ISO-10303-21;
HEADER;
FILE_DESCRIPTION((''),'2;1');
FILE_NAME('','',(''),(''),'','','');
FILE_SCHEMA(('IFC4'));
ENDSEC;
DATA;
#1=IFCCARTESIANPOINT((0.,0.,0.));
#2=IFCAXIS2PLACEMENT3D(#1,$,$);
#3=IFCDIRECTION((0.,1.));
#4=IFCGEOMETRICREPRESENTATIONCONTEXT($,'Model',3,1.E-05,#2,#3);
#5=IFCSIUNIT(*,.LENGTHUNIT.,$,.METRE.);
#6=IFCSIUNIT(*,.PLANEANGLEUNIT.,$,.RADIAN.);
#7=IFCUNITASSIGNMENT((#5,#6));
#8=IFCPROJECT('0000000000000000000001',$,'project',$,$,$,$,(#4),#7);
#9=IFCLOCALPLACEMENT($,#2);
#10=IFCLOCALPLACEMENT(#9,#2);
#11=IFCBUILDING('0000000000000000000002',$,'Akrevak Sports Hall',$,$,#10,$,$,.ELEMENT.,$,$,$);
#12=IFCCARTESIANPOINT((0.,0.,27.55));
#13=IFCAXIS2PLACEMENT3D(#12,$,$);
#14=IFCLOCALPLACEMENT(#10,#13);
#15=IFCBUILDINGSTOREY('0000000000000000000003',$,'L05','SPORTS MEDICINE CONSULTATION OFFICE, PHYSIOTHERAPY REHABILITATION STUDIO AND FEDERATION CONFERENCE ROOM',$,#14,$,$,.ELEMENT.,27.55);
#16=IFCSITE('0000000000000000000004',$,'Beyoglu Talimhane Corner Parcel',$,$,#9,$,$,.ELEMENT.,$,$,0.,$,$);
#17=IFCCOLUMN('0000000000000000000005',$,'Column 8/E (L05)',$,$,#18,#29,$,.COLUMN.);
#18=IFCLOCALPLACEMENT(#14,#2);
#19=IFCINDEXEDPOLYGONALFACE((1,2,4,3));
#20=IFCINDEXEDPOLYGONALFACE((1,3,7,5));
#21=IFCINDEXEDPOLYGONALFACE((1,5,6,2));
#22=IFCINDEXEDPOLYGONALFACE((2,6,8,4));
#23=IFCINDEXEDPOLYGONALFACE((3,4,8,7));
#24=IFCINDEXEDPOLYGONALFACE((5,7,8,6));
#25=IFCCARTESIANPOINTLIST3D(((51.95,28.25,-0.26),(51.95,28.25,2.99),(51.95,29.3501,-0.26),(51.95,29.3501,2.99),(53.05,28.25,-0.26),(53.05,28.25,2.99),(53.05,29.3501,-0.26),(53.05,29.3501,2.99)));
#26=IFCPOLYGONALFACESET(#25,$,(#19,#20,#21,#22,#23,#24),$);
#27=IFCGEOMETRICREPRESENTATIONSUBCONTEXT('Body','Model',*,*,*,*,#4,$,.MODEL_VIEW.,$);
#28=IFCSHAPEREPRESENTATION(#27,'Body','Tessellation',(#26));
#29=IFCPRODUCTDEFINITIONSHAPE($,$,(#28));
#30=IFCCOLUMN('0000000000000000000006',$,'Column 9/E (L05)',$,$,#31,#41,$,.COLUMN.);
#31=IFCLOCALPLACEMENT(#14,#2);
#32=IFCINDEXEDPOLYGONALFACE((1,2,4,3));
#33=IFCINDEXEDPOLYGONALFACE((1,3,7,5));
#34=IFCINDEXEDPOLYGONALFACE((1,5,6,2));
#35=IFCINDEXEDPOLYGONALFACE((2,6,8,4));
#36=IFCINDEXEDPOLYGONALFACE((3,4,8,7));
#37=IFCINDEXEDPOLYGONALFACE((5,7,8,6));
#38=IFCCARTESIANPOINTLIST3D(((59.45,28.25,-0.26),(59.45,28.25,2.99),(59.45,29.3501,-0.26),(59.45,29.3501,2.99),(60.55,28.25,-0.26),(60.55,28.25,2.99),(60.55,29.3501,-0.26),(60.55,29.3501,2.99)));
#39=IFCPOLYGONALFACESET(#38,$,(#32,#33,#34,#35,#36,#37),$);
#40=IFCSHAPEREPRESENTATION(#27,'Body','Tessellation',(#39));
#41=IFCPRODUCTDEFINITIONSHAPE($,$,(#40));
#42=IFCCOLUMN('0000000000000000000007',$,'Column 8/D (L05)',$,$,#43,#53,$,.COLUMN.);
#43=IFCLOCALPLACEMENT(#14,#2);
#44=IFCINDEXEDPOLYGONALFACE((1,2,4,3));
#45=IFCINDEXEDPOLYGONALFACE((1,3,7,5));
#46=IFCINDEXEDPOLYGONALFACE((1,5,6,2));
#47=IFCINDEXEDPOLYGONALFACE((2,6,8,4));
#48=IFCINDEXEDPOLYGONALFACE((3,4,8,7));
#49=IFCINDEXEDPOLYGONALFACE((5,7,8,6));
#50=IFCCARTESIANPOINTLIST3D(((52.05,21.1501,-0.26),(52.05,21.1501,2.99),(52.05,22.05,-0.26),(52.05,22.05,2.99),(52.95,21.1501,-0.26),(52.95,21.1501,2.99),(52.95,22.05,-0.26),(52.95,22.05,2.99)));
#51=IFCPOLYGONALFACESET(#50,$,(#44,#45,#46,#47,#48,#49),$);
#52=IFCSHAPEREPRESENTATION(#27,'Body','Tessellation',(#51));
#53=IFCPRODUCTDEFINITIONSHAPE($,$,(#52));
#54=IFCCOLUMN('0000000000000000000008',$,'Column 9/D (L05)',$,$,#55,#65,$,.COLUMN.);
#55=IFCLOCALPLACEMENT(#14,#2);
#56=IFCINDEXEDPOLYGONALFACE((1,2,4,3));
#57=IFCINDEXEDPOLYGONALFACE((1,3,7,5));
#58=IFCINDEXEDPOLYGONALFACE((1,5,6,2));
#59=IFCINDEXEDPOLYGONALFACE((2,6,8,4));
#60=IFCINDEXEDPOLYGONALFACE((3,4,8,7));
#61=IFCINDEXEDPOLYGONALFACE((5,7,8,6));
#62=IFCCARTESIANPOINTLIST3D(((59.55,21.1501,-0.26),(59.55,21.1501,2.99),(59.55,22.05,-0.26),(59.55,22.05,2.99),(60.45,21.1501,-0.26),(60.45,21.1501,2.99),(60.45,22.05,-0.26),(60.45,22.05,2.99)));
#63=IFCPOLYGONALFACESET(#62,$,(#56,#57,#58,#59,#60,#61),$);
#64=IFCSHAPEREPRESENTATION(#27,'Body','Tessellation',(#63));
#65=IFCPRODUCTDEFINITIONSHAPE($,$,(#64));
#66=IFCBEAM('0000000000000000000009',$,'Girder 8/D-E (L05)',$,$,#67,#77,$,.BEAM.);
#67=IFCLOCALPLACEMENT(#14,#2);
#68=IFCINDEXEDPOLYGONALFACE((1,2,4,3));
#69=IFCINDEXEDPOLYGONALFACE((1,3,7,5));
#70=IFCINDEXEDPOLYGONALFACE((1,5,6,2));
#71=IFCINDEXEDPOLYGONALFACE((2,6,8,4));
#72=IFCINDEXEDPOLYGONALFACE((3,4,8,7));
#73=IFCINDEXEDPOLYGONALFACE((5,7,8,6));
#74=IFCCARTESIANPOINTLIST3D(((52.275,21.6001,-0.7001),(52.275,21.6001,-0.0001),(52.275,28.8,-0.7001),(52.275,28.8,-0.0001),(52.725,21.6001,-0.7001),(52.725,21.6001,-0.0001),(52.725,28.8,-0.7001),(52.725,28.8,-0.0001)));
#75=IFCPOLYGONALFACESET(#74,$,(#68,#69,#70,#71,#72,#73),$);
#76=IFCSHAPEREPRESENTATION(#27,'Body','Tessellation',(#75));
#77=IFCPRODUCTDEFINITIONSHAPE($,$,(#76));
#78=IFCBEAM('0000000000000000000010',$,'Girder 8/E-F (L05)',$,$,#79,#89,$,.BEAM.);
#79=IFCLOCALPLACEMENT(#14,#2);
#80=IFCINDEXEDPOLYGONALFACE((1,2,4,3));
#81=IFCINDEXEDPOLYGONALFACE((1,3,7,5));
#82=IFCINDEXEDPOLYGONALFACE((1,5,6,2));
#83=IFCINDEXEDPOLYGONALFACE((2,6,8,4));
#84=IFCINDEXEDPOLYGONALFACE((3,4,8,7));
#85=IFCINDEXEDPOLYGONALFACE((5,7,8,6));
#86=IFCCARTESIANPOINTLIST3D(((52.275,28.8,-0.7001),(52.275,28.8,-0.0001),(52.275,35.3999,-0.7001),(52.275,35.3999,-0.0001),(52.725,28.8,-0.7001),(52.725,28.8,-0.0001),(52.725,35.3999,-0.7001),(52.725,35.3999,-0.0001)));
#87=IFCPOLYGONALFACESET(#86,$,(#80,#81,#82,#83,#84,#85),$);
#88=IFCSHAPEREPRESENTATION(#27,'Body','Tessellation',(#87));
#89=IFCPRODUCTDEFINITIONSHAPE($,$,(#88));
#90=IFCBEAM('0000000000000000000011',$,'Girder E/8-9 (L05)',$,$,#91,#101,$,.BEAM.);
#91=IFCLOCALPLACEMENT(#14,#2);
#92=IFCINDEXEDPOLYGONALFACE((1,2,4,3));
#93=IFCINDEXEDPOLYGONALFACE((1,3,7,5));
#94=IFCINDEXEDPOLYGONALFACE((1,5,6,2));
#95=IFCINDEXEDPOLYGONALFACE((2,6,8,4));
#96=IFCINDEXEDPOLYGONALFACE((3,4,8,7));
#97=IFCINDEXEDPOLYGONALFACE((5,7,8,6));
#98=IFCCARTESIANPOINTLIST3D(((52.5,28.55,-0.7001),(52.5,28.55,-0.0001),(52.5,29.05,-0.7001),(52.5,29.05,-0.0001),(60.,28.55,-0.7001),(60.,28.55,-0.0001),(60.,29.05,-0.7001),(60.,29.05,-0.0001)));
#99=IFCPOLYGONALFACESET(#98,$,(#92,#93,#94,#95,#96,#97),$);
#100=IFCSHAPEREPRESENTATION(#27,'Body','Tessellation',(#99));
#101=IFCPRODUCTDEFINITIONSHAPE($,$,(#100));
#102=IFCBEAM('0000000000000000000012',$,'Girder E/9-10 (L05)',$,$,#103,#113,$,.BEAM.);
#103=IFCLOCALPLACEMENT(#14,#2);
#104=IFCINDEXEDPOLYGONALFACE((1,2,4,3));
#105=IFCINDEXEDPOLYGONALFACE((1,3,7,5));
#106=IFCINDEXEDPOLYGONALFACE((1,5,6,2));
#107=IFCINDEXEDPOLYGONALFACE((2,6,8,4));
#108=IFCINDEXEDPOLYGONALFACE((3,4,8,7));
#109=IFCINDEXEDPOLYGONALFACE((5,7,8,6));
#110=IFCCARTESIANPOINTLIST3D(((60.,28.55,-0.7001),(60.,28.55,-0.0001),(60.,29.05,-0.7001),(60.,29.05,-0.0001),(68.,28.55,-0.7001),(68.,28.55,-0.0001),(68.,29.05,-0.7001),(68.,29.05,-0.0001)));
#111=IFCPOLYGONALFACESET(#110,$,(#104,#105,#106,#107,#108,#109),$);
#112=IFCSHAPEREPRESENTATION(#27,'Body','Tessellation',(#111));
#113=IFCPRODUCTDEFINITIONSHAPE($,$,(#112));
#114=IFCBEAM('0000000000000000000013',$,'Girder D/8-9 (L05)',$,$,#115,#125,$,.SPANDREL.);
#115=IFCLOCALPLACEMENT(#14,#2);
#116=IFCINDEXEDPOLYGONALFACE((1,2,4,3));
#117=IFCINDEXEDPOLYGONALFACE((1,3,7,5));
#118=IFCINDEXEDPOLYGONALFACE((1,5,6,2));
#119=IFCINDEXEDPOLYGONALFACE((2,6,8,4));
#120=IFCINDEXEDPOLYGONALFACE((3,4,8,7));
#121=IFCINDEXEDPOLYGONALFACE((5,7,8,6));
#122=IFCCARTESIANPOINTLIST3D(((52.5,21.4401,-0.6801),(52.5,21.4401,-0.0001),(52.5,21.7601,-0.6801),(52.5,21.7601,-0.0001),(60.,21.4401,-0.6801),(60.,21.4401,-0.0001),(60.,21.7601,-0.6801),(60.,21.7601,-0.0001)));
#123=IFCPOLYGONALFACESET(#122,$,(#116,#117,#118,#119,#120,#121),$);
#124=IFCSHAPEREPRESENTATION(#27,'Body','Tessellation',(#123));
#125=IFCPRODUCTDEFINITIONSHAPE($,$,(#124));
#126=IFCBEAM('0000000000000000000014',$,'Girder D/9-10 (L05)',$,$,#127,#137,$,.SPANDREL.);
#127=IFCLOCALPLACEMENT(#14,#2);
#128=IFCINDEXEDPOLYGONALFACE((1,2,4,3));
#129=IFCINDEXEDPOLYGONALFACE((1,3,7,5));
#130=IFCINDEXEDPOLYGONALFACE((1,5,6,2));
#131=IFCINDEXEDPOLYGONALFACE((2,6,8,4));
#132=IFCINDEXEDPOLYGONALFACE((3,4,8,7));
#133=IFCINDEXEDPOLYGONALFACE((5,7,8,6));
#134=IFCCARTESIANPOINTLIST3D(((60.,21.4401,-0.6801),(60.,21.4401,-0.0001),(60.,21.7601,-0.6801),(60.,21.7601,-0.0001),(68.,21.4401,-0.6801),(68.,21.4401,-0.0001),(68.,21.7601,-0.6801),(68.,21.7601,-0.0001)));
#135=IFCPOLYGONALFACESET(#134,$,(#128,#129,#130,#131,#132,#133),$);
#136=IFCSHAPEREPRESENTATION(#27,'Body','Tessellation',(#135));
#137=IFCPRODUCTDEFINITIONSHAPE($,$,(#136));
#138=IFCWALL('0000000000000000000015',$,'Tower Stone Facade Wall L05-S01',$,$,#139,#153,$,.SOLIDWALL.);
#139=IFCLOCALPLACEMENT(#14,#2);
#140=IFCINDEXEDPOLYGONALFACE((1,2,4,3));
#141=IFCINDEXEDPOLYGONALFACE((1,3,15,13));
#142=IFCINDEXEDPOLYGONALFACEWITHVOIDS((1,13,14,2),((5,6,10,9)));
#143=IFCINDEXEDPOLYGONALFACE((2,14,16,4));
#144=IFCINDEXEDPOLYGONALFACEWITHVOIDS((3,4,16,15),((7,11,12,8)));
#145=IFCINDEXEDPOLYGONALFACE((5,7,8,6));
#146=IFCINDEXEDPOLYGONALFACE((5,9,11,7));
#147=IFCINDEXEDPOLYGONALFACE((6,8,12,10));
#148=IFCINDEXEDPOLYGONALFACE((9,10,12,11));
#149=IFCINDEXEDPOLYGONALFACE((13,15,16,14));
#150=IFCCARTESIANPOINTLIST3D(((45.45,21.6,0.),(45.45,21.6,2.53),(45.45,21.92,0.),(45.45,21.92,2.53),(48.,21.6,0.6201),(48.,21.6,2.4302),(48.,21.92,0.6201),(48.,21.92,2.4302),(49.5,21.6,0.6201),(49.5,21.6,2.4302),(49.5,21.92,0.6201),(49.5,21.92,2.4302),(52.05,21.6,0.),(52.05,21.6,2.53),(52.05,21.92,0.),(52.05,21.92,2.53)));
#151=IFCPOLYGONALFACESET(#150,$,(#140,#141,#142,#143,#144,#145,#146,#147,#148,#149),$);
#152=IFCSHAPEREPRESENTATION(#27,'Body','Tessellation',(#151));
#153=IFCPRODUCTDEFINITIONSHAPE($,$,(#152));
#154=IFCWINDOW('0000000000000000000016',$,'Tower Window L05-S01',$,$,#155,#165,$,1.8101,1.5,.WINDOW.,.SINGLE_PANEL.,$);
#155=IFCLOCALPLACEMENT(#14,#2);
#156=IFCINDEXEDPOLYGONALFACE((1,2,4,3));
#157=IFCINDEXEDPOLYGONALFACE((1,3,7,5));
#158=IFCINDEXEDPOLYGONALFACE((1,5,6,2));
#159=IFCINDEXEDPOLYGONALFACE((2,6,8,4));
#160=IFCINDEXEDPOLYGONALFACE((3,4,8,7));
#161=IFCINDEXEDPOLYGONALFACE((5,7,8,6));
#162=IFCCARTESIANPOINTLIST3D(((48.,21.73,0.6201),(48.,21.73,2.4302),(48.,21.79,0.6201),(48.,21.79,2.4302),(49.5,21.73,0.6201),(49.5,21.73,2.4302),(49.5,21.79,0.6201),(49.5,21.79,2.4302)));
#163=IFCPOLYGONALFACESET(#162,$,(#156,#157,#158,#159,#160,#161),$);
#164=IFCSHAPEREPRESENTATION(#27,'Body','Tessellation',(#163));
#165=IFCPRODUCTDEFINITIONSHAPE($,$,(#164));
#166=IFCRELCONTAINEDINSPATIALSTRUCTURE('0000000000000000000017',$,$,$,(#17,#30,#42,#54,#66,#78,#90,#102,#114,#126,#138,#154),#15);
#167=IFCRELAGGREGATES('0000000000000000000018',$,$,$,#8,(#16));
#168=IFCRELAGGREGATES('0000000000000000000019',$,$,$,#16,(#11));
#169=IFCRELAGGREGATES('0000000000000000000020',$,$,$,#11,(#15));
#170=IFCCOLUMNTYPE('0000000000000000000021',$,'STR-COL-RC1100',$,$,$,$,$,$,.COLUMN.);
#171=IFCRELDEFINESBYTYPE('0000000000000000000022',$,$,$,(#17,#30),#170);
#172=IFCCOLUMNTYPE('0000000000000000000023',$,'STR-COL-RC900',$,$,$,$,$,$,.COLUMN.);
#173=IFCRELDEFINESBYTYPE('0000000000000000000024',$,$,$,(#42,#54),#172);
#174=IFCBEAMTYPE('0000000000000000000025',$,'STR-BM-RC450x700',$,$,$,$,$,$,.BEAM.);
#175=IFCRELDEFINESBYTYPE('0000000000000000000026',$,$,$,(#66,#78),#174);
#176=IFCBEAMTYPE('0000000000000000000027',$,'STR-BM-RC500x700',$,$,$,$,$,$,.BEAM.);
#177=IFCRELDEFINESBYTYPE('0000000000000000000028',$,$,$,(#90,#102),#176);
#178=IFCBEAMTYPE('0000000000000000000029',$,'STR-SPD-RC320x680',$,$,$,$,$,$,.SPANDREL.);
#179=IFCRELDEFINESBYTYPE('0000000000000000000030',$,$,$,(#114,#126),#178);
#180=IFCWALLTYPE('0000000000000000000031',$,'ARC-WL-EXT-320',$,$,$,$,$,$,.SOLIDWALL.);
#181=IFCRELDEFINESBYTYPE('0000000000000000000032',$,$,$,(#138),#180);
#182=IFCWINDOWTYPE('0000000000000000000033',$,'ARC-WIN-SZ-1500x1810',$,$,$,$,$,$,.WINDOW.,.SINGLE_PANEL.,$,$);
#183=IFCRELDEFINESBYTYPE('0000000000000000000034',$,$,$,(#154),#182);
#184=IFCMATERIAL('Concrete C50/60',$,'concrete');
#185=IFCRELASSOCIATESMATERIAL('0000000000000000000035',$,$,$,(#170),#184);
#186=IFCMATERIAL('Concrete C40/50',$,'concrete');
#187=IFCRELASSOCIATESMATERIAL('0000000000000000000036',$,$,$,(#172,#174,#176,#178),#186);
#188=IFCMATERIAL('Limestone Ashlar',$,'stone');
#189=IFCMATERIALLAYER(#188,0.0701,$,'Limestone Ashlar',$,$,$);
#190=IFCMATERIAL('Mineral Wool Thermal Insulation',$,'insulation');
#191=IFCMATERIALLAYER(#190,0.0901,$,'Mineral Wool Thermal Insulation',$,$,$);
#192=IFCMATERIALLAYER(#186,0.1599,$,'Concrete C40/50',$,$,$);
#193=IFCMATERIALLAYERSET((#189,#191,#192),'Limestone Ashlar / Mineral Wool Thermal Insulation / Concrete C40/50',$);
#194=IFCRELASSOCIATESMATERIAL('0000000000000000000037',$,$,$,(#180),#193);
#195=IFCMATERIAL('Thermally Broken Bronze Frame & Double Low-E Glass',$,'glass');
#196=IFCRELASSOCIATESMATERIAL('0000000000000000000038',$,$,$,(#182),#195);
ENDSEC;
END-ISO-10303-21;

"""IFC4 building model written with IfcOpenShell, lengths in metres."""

from ifc_helpers import new_model, si_unit, direction, frame, frame_2d, origin, origin_2d, place, context, subcontext, project, spatial, rectangle, extrude, material, layer, layer_set, material_profile, profile_set, type_object, element, fill, save


model = new_model("IFC4")

# Units and contexts
model_context = context("Model", 3, precision=1e-05, world=origin(), true_north=direction((0.0, 1.0)))
body_context = subcontext(model_context, "Body", "Model", "MODEL_VIEW")
ifc_project = project(units=[si_unit("LENGTHUNIT", "METRE"), si_unit("PLANEANGLEUNIT", "RADIAN")], contexts=[model_context])

# Site, building, storey
site_placement = place(None, origin())
site = spatial("IfcSite", under=ifc_project, at=site_placement, Name="Beyoglu Talimhane Corner Parcel", CompositionType="ELEMENT", RefElevation=0.0)
building_placement = place(site_placement, origin())
building = spatial("IfcBuilding", under=site, at=building_placement, Name="Akrevak Sports Hall", CompositionType="ELEMENT")
storey_placement = place(building_placement, frame((0.0, 0.0, 27.55)))
storey = spatial("IfcBuildingStorey", under=building, at=storey_placement, Name="L05", Description="SPORTS MEDICINE CONSULTATION OFFICE, PHYSIOTHERAPY REHABILITATION STUDIO AND FEDERATION CONFERENCE ROOM", CompositionType="ELEMENT", Elevation=27.55)

# Columns
ifc_material_1 = material(Name="Concrete C50/60", Category="concrete")
ifc_material_profile_1 = material_profile(ifc_material_1, rectangle(XDim=1.1001, YDim=1.1001, at=origin_2d()), Name="RC 1100x1100", Category="concrete")
ifc_profile_set_1 = profile_set([ifc_material_profile_1], Name="Concrete C50/60")
column_type_1 = type_object("IfcColumnType", Name="STR-COL-RC1100", PredefinedType="COLUMN", material=ifc_profile_set_1)
for number, where, z_axis, x_axis, name in (
    (1, (52.5, 28.8, -0.26), (0.0, 0.0, 1.0), (1.0, 0.0, 0.0), "Column 8/E (L05)"),
    (2, (60.0, 28.8, -0.26), (0.0, 0.0, 1.0), (1.0, 0.0, 0.0), "Column 9/E (L05)"),
):
    element("IfcColumn", number, at=place(storey_placement, frame(where, z_axis=z_axis, x_axis=x_axis)), inside=storey, type_object=column_type_1, Name=name, PredefinedType="COLUMN", context=body_context, shape_type="SweptSolid", body=[
        extrude(rectangle(XDim=1.1001, YDim=1.1001, at=origin_2d()), origin(), (0.0, 0.0, 1.0), 3.25),
    ])
ifc_material_2 = material(Name="Concrete C40/50", Category="concrete")
ifc_material_profile_2 = material_profile(ifc_material_2, rectangle(XDim=0.8999, YDim=0.8999, at=origin_2d()), Name="RC 900x900", Category="concrete")
ifc_profile_set_2 = profile_set([ifc_material_profile_2], Name="Concrete C40/50")
column_type_2 = type_object("IfcColumnType", Name="STR-COL-RC900", PredefinedType="COLUMN", material=ifc_profile_set_2)
for number, where, z_axis, x_axis, name in (
    (3, (52.5, 21.6001, -0.26), (0.0, 0.0, 1.0), (1.0, 0.0, 0.0), "Column 8/D (L05)"),
    (4, (60.0, 21.6001, -0.26), (0.0, 0.0, 1.0), (1.0, 0.0, 0.0), "Column 9/D (L05)"),
):
    element("IfcColumn", number, at=place(storey_placement, frame(where, z_axis=z_axis, x_axis=x_axis)), inside=storey, type_object=column_type_2, Name=name, PredefinedType="COLUMN", context=body_context, shape_type="SweptSolid", body=[
        extrude(rectangle(XDim=0.8999, YDim=0.8999, at=origin_2d()), origin(), (0.0, 0.0, 1.0), 3.25),
    ])

# Beams
ifc_material_profile_3 = material_profile(ifc_material_2, rectangle(XDim=0.45, YDim=0.7, at=origin_2d()), Name="BM 450x700", Category="concrete")
ifc_profile_set_3 = profile_set([ifc_material_profile_3], Name="Concrete C40/50")
beam_type_1 = type_object("IfcBeamType", Name="STR-BM-RC450x700", PredefinedType="BEAM", material=ifc_profile_set_3)
beam_1_placement = place(storey_placement, frame((52.5, 21.6001, -0.3501), z_axis=(0.0, 1.0, 0.0), x_axis=(-1.0, 0.0, 0.0)))
element("IfcBeam", 5, at=beam_1_placement, inside=storey, type_object=beam_type_1, Name="Girder 8/D-E (L05)", PredefinedType="BEAM", context=body_context, shape_type="SweptSolid", body=[
    extrude(rectangle(XDim=0.45, YDim=0.7, at=origin_2d()), origin(), (0.0, 0.0, 1.0), 7.2),
])
beam_2_placement = place(storey_placement, frame((52.5, 28.8, -0.3501), z_axis=(0.0, 1.0, 0.0), x_axis=(-1.0, 0.0, 0.0)))
element("IfcBeam", 6, at=beam_2_placement, inside=storey, type_object=beam_type_1, Name="Girder 8/E-F (L05)", PredefinedType="BEAM", context=body_context, shape_type="SweptSolid", body=[
    extrude(rectangle(XDim=0.45, YDim=0.7, at=origin_2d()), origin(), (0.0, 0.0, 1.0), 6.5999),
])
ifc_material_profile_4 = material_profile(ifc_material_2, rectangle(XDim=0.5, YDim=0.7, at=origin_2d()), Name="BM 500x700", Category="concrete")
ifc_profile_set_4 = profile_set([ifc_material_profile_4], Name="Concrete C40/50")
beam_type_2 = type_object("IfcBeamType", Name="STR-BM-RC500x700", PredefinedType="BEAM", material=ifc_profile_set_4)
beam_3_placement = place(storey_placement, frame((52.5, 28.8, -0.3501), z_axis=(1.0, 0.0, 0.0), x_axis=(0.0, 1.0, 0.0)))
element("IfcBeam", 7, at=beam_3_placement, inside=storey, type_object=beam_type_2, Name="Girder E/8-9 (L05)", PredefinedType="BEAM", context=body_context, shape_type="SweptSolid", body=[
    extrude(rectangle(XDim=0.5, YDim=0.7, at=origin_2d()), origin(), (0.0, 0.0, 1.0), 7.5),
])
beam_4_placement = place(storey_placement, frame((60.0, 28.8, -0.3501), z_axis=(1.0, 0.0, 0.0), x_axis=(0.0, 1.0, 0.0)))
element("IfcBeam", 8, at=beam_4_placement, inside=storey, type_object=beam_type_2, Name="Girder E/9-10 (L05)", PredefinedType="BEAM", context=body_context, shape_type="SweptSolid", body=[
    extrude(rectangle(XDim=0.5, YDim=0.7, at=origin_2d()), origin(), (0.0, 0.0, 1.0), 8.0),
])
ifc_material_profile_5 = material_profile(ifc_material_2, rectangle(XDim=0.3201, YDim=0.6799, at=origin_2d()), Name="SPD 320x680", Category="concrete")
ifc_profile_set_5 = profile_set([ifc_material_profile_5], Name="Concrete C40/50")
beam_type_3 = type_object("IfcBeamType", Name="STR-SPD-RC320x680", PredefinedType="SPANDREL", material=ifc_profile_set_5)
beam_5_placement = place(storey_placement, frame((52.5, 21.6001, -0.3401), z_axis=(1.0, 0.0, 0.0), x_axis=(0.0, 1.0, 0.0)))
element("IfcBeam", 9, at=beam_5_placement, inside=storey, type_object=beam_type_3, Name="Girder D/8-9 (L05)", PredefinedType="SPANDREL", context=body_context, shape_type="SweptSolid", body=[
    extrude(rectangle(XDim=0.3201, YDim=0.6799, at=origin_2d()), origin(), (0.0, 0.0, 1.0), 7.5),
])
beam_6_placement = place(storey_placement, frame((60.0, 21.6001, -0.3401), z_axis=(1.0, 0.0, 0.0), x_axis=(0.0, 1.0, 0.0)))
element("IfcBeam", 10, at=beam_6_placement, inside=storey, type_object=beam_type_3, Name="Girder D/9-10 (L05)", PredefinedType="SPANDREL", context=body_context, shape_type="SweptSolid", body=[
    extrude(rectangle(XDim=0.3201, YDim=0.6799, at=origin_2d()), origin(), (0.0, 0.0, 1.0), 8.0),
])

# Wall, opening, window
ifc_material_3 = material(Name="Limestone Ashlar", Category="stone")
ifc_layer_1 = layer(ifc_material_3, 0.0701, Name="Limestone Ashlar")
ifc_material_4 = material(Name="Mineral Wool Thermal Insulation", Category="insulation")
ifc_layer_2 = layer(ifc_material_4, 0.0901, Name="Mineral Wool Thermal Insulation")
ifc_layer_3 = layer(ifc_material_2, 0.1599, Name="Concrete C40/50")
ifc_layer_set_1 = layer_set([ifc_layer_1, ifc_layer_2, ifc_layer_3], Name="Limestone Ashlar / Mineral Wool Thermal Insulation / Concrete C40/50")
wall_type_1 = type_object("IfcWallType", Name="ARC-WL-EXT-320", PredefinedType="SOLIDWALL", material=ifc_layer_set_1)
wall_1_placement = place(storey_placement, frame((45.45, 21.76, 0.0), z_axis=(0.0, 0.0, 1.0), x_axis=(1.0, 0.0, 0.0)))
wall_1 = element("IfcWall", 11, at=wall_1_placement, inside=storey, type_object=wall_type_1, Name="Tower Stone Facade Wall L05-S01", PredefinedType="SOLIDWALL", context=body_context, shape_type="SweptSolid", body=[
    extrude(rectangle(XDim=6.6001, YDim=0.3201, at=frame_2d((3.3, 0.0))), origin(), (0.0, 0.0, 1.0), 2.53),
])
opening_1_placement = place(wall_1_placement, frame((2.55, 0.0, 0.6201)))
opening_1 = element("IfcOpeningElement", 12, at=opening_1_placement, cuts=wall_1, PredefinedType="OPENING", context=body_context, shape_type="SweptSolid", body=[
    extrude(rectangle(XDim=1.5, YDim=1.8101, at=frame_2d((0.75, 0.905))), frame((0.0, 0.1719, 0.0), z_axis=(0.0, -1.0, 0.0), x_axis=(1.0, 0.0, 0.0)), (0.0, 0.0, 1.0), 0.344),
])
ifc_material_5 = material(Name="Thermally Broken Bronze Frame & Double Low-E Glass", Category="glass")
window_type_1 = type_object("IfcWindowType", Name="ARC-WIN-SZ-1500x1810", PartitioningType="SINGLE_PANEL", PredefinedType="WINDOW", material=ifc_material_5)
window_1_placement = place(opening_1_placement, origin())
window_1 = element("IfcWindow", 13, at=window_1_placement, inside=storey, type_object=window_type_1, Name="Tower Window L05-S01", OverallHeight=1.8101, OverallWidth=1.5, PartitioningType="SINGLE_PANEL", PredefinedType="WINDOW", context=body_context, shape_type="SweptSolid", body=[
    extrude(rectangle(XDim=1.5, YDim=1.8101, at=frame_2d((0.75, 0.905))), frame((0.0, 0.03, 0.0), z_axis=(0.0, -1.0, 0.0), x_axis=(1.0, 0.0, 0.0)), (0.0, 0.0, 1.0), 0.0601),
])
fill(opening_1, window_1)

save(model, "model.ifc")
